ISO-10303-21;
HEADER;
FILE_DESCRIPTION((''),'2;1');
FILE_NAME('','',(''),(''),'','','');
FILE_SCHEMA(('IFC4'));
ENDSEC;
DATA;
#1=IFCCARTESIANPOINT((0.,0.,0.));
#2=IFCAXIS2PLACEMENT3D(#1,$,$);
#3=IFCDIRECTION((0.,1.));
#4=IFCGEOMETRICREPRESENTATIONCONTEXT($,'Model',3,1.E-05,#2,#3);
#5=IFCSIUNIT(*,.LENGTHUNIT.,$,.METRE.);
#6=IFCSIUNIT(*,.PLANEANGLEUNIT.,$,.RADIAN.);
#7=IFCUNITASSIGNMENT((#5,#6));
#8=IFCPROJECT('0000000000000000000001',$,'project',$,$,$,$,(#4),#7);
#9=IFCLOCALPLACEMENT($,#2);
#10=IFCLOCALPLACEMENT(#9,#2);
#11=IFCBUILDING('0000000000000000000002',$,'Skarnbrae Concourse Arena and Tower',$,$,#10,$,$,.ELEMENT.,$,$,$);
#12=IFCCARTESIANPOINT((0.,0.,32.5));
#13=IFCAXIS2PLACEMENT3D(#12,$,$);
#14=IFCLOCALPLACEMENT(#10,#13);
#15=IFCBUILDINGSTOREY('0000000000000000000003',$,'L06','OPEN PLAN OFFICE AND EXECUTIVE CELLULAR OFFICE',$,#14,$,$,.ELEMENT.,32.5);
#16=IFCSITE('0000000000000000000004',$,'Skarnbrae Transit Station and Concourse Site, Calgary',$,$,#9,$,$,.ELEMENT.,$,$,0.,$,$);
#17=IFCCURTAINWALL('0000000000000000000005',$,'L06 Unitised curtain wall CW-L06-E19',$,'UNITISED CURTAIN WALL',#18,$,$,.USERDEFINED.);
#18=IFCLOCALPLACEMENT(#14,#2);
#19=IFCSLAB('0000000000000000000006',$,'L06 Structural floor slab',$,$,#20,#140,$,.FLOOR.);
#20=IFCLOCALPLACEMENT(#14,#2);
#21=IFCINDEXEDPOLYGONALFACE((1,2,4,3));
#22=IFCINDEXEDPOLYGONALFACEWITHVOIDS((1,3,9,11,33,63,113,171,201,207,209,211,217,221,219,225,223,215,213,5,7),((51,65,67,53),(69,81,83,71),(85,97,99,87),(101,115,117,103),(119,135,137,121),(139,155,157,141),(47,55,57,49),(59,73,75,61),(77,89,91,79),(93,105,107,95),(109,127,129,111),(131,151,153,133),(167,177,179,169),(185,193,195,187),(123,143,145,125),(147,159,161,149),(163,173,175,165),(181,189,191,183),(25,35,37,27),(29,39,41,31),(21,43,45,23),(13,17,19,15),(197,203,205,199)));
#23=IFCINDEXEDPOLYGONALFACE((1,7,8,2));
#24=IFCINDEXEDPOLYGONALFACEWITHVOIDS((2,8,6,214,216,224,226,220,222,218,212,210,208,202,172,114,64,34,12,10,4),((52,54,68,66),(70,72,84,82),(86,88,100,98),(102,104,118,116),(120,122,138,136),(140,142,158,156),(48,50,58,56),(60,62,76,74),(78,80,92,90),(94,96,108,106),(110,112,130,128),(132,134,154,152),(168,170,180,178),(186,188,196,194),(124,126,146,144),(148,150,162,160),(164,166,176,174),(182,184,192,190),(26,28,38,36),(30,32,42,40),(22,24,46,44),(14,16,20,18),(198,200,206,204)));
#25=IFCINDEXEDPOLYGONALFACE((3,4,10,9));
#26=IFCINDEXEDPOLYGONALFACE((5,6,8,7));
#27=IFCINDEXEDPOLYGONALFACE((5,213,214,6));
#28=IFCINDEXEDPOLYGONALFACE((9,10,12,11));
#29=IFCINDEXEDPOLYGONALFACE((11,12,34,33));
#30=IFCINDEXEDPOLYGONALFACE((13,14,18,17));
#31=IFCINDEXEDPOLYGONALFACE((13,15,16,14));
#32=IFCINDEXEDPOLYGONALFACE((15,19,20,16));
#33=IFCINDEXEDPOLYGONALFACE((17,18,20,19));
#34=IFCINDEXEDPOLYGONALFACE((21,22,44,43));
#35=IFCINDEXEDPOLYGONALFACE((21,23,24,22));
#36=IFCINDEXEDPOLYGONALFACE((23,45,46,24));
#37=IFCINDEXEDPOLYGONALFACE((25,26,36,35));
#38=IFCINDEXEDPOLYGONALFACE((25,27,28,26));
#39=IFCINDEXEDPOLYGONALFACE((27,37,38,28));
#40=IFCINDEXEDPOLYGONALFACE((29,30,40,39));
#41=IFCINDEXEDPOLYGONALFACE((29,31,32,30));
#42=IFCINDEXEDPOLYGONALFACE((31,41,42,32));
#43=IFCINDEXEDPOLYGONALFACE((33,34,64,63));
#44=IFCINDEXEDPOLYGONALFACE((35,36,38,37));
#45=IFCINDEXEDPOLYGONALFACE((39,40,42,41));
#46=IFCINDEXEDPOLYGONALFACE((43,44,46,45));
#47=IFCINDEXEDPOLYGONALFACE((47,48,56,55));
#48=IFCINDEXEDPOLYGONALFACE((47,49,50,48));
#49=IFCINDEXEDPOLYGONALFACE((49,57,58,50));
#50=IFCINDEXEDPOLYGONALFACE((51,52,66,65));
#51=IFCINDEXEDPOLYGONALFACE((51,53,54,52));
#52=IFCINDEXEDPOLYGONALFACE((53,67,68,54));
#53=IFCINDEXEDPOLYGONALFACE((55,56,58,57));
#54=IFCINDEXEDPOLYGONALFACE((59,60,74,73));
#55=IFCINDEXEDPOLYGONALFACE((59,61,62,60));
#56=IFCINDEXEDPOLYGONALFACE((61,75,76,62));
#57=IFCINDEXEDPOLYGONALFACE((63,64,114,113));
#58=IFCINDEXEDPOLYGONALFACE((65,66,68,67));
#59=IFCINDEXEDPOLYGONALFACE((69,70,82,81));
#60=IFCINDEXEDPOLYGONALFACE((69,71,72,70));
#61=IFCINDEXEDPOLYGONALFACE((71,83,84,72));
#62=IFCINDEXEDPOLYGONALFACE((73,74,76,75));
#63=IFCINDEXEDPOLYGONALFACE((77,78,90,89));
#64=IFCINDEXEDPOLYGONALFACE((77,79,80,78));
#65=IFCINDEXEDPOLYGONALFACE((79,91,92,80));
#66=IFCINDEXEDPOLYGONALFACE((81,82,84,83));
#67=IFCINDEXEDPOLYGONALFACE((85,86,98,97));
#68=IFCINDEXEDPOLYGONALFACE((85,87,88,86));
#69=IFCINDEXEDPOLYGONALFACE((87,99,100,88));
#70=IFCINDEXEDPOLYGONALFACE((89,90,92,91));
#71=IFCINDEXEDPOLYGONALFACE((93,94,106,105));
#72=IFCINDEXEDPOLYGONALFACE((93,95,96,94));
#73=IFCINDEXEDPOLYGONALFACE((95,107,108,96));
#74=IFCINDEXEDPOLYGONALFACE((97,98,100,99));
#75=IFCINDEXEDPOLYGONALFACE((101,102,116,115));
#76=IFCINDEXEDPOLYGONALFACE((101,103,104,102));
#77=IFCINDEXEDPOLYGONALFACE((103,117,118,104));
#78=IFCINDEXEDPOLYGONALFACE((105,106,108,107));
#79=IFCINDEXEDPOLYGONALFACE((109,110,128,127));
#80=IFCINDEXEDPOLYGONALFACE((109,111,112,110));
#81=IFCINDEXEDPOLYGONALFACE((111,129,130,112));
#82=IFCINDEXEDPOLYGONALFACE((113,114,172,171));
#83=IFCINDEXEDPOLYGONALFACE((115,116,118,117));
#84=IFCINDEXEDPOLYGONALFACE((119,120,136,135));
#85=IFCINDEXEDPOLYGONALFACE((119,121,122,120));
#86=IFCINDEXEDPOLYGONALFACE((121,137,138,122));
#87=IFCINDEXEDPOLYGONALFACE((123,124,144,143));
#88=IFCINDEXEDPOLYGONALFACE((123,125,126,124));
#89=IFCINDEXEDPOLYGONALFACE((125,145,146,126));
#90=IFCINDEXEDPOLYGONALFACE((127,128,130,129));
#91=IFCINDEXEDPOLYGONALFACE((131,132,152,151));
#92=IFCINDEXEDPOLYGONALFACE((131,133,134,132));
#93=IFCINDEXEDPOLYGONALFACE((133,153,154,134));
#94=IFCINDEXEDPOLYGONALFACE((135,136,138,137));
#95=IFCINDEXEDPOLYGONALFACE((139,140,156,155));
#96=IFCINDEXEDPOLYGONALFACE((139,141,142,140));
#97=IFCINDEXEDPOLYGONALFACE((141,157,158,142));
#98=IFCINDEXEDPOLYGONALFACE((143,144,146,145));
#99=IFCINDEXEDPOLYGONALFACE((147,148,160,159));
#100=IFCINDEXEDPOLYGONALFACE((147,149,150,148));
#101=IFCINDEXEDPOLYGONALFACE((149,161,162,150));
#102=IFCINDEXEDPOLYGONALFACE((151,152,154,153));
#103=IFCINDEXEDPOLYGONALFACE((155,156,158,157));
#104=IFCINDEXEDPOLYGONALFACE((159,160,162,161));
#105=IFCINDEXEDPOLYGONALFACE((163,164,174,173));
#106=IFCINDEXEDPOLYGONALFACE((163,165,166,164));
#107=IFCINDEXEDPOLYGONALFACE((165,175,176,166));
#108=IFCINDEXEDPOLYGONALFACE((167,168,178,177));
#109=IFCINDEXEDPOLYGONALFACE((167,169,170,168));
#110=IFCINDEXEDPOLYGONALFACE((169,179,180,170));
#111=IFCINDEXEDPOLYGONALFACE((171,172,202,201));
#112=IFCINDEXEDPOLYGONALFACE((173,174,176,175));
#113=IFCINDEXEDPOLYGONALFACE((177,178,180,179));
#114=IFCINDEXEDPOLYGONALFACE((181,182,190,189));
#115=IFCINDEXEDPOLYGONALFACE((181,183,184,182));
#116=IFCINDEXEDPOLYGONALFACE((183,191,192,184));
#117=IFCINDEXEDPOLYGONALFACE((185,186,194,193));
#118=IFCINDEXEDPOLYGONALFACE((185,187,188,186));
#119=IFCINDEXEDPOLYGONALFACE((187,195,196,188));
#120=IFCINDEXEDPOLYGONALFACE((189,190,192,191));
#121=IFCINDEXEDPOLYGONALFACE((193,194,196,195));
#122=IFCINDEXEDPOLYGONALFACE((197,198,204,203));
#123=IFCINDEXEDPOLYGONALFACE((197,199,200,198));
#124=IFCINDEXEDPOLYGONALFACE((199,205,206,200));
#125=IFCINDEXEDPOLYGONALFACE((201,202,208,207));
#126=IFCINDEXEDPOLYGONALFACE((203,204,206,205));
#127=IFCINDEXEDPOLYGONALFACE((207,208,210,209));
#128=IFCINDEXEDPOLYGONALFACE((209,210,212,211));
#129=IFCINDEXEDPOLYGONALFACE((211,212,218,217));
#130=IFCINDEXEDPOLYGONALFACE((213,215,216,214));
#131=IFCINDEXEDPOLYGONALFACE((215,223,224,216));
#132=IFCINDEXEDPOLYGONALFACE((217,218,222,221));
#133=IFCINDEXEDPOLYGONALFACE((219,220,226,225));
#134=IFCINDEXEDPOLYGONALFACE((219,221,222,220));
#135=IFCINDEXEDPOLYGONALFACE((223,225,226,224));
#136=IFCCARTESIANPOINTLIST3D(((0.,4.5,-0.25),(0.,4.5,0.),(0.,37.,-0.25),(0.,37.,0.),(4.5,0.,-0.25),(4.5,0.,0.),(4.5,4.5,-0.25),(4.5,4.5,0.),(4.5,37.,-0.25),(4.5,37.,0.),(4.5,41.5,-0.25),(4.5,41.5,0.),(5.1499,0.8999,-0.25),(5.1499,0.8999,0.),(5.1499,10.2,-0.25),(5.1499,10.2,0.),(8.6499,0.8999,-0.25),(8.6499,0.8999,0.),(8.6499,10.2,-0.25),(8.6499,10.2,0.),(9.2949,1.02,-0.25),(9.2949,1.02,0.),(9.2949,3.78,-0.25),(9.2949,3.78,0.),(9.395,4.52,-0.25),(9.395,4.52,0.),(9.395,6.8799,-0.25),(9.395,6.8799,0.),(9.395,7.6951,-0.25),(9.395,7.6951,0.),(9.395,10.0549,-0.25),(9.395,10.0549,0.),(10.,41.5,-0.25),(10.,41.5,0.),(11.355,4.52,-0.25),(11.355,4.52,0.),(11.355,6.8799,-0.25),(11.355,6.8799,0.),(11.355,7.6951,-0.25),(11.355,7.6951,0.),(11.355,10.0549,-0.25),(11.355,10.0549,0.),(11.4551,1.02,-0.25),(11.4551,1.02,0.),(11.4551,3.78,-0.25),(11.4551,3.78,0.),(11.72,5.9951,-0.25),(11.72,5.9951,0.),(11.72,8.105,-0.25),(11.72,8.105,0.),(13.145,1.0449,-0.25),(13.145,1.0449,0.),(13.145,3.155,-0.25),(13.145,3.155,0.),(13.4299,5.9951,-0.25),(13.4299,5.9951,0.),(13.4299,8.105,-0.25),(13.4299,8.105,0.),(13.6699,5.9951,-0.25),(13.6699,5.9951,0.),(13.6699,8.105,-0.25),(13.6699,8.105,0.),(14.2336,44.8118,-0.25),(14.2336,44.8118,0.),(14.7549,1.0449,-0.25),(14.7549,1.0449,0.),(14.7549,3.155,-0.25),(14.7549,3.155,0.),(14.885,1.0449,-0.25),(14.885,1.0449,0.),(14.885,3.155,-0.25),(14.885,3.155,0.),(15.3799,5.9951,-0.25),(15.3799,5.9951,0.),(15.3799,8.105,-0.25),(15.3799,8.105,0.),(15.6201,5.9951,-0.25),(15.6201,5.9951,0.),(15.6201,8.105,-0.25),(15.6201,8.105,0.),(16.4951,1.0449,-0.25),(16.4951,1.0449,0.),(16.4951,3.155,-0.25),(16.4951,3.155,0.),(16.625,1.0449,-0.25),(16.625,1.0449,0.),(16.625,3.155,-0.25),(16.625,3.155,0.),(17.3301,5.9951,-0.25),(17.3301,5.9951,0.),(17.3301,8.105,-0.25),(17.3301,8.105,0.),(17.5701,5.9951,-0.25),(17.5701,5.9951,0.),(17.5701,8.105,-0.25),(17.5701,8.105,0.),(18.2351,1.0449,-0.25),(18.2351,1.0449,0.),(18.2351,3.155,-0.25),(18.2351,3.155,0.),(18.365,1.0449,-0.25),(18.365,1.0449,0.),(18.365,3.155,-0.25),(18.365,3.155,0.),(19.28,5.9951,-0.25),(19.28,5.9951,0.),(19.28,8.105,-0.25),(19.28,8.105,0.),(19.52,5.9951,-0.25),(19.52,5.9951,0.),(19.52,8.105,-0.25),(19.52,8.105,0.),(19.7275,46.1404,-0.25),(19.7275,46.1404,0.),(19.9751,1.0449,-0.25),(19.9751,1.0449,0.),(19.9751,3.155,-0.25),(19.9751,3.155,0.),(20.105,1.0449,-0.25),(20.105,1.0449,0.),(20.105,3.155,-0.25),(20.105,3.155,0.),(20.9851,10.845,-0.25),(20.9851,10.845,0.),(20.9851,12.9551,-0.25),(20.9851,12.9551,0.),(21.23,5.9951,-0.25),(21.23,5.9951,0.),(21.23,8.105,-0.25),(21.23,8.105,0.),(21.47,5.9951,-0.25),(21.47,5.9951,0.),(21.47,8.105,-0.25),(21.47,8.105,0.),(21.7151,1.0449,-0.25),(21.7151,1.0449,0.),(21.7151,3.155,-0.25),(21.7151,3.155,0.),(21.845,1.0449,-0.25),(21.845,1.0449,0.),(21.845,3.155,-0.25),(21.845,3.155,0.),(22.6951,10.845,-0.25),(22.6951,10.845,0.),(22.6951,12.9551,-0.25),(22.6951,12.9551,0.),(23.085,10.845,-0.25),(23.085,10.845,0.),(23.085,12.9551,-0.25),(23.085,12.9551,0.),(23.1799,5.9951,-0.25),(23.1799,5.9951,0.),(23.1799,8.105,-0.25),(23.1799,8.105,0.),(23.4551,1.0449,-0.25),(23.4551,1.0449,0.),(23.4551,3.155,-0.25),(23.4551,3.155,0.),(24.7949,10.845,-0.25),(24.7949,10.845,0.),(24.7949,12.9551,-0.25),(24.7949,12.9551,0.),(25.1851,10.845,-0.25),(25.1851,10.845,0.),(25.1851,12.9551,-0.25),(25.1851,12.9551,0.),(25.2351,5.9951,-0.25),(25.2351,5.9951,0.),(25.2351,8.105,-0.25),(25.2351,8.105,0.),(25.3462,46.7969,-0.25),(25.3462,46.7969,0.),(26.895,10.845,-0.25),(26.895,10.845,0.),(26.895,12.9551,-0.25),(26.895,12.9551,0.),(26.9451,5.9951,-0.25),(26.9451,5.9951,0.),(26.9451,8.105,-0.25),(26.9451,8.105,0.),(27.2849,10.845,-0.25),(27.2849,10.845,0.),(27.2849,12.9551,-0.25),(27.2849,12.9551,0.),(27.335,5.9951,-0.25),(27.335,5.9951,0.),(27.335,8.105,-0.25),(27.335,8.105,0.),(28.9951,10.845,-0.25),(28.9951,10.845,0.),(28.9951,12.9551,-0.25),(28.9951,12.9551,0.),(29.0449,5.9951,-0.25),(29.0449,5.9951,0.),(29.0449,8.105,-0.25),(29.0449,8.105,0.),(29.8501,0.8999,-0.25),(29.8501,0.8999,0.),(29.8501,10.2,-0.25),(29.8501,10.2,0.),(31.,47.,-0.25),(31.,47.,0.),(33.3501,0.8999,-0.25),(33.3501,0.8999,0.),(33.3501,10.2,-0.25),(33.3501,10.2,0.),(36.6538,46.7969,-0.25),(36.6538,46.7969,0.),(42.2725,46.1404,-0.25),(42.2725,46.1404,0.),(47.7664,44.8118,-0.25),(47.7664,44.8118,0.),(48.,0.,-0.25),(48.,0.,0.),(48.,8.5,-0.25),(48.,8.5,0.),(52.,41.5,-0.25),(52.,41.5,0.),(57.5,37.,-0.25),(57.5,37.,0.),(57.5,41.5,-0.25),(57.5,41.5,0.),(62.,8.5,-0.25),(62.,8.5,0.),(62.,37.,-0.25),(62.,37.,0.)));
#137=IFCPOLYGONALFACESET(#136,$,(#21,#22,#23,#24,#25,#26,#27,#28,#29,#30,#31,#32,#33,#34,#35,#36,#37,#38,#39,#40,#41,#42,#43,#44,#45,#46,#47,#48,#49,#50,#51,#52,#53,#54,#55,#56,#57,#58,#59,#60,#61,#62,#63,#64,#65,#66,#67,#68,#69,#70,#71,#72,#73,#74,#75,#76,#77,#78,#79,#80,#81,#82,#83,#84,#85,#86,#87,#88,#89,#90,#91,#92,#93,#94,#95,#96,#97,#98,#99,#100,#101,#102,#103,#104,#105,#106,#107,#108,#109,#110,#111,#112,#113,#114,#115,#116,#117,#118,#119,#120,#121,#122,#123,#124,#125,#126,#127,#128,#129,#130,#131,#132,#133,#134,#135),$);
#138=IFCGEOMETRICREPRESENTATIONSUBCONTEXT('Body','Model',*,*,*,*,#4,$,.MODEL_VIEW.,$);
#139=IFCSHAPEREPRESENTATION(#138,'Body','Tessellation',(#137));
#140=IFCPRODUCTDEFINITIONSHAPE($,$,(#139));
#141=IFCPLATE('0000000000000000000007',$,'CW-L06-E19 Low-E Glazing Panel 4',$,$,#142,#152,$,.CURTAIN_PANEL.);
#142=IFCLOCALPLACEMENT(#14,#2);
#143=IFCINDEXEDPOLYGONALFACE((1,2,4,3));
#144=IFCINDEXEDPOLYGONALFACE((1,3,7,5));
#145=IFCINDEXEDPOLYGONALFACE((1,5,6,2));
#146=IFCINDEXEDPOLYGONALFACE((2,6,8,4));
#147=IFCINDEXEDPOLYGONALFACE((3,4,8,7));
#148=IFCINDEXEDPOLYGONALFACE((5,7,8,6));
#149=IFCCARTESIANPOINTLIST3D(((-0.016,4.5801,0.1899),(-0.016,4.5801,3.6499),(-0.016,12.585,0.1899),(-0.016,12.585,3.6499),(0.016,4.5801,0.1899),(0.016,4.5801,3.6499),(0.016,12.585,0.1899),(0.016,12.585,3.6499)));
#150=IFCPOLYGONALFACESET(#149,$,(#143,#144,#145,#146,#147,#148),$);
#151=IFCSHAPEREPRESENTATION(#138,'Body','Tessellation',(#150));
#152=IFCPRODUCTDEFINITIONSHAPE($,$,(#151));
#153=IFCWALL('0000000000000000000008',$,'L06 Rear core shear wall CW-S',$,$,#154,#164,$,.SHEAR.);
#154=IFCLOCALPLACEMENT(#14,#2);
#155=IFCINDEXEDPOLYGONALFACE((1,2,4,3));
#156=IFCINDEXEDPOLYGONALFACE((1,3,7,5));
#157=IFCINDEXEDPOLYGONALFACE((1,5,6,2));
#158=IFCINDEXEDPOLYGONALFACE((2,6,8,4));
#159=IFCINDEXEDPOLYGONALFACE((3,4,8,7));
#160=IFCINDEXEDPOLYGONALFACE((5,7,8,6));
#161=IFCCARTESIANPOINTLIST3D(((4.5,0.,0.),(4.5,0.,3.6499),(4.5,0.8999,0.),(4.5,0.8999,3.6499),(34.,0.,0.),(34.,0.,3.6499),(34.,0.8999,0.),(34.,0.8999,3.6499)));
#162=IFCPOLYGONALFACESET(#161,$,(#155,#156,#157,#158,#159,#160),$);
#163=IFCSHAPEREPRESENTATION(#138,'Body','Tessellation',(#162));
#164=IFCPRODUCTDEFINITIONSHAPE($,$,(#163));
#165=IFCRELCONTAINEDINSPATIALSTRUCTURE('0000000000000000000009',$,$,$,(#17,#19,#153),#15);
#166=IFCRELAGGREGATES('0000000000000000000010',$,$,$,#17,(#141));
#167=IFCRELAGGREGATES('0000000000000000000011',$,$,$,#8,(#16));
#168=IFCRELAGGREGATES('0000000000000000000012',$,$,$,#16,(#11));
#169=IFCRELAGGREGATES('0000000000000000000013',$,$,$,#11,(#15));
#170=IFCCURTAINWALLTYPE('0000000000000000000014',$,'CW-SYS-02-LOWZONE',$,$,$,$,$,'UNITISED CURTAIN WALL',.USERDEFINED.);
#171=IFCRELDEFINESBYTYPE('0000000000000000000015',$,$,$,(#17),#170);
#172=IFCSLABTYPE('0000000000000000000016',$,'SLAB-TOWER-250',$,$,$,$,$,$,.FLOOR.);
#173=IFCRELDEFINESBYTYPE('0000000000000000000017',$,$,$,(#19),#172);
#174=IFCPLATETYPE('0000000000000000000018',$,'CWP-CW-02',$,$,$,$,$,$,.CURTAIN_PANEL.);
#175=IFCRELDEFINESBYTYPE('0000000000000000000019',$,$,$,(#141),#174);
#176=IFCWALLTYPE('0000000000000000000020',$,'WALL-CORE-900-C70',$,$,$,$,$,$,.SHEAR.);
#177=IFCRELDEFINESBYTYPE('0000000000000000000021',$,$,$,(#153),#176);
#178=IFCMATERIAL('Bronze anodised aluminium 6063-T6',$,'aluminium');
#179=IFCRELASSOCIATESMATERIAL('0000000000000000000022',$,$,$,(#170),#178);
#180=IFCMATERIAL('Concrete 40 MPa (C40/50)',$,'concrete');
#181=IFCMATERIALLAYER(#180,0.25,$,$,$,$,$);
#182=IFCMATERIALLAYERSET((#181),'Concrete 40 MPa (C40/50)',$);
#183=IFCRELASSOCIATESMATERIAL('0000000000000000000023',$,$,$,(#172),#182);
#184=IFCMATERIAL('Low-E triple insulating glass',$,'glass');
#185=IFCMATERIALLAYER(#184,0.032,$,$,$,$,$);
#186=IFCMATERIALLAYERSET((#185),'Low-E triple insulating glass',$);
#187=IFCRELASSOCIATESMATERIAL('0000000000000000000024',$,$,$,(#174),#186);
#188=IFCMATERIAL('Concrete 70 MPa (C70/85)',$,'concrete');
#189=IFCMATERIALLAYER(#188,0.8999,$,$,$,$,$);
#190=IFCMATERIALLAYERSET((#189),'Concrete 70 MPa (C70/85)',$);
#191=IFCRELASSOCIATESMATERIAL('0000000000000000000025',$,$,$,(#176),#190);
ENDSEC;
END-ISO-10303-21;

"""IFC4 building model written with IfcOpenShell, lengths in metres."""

from ifc_helpers import new_model, si_unit, direction, frame, frame_2d, origin, origin_2d, place, context, subcontext, project, spatial, polyline, rectangle, outline, extrude, source, transform, mapped, material, layer, layer_set, type_object, element, aggregate, save


model = new_model("IFC4")

# Units and contexts
model_context = context("Model", 3, precision=1e-05, world=origin(), true_north=direction((0.0, 1.0)))
body_context = subcontext(model_context, "Body", "Model", "MODEL_VIEW")
ifc_project = project(units=[si_unit("LENGTHUNIT", "METRE"), si_unit("PLANEANGLEUNIT", "RADIAN")], contexts=[model_context])

# Site, building, storey
site_placement = place(None, origin())
site = spatial("IfcSite", under=ifc_project, at=site_placement, Name="Skarnbrae Transit Station and Concourse Site, Calgary", CompositionType="ELEMENT", RefElevation=0.0)
building_placement = place(site_placement, origin())
building = spatial("IfcBuilding", under=site, at=building_placement, Name="Skarnbrae Concourse Arena and Tower", CompositionType="ELEMENT")
storey_placement = place(building_placement, frame((0.0, 0.0, 32.5)))
storey = spatial("IfcBuildingStorey", under=building, at=storey_placement, Name="L06", Description="OPEN PLAN OFFICE AND EXECUTIVE CELLULAR OFFICE", CompositionType="ELEMENT", Elevation=32.5)

# Curtain wall
ifc_material_1 = material(Name="Bronze anodised aluminium 6063-T6", Category="aluminium")
curtain_wall_type = type_object("IfcCurtainWallType", Name="CW-SYS-02-LOWZONE", ElementType="UNITISED CURTAIN WALL", PredefinedType="USERDEFINED", material=ifc_material_1)
curtain_wall_placement = place(storey_placement, origin())
curtain_wall = element("IfcCurtainWall", 1, at=curtain_wall_placement, inside=storey, type_object=curtain_wall_type, Name="L06 Unitised curtain wall CW-L06-E19", ObjectType="UNITISED CURTAIN WALL", PredefinedType="USERDEFINED")

# Shared definitions
ifc_material_2 = material(Name="Concrete 40 MPa (C40/50)", Category="concrete")

# Slab
ifc_layer_1 = layer(ifc_material_2, 0.25)
ifc_layer_set_1 = layer_set([ifc_layer_1], Name="Concrete 40 MPa (C40/50)")
slab_type_1 = type_object("IfcSlabType", Name="SLAB-TOWER-250", PredefinedType="FLOOR", material=ifc_layer_set_1)
slab_1_placement = place(storey_placement, frame((0.0, 0.0, -0.25)))
element("IfcSlab", 2, at=slab_1_placement, inside=storey, type_object=slab_type_1, Name="L06 Structural floor slab", PredefinedType="FLOOR", context=body_context, shape_type="SweptSolid", body=[
    extrude(outline(polyline([(4.5, 0.0), (48.0, 0.0), (48.0, 8.5), (62.0, 8.5), (62.0, 37.0), (57.5, 37.0), (57.5, 41.5), (52.0, 41.5), (47.7664, 44.8118), (42.2725, 46.1404), (36.6538, 46.7969), (31.0, 47.0), (25.3462, 46.7969), (19.7275, 46.1404), (14.2336, 44.8118), (10.0, 41.5), (4.5, 41.5), (4.5, 37.0), (0.0, 37.0), (0.0, 4.5), (4.5, 4.5), (4.5, 0.0)]), holes=[polyline([(13.145, 3.155), (14.7549, 3.155), (14.7549, 1.0449), (13.145, 1.0449), (13.145, 3.155)]), polyline([(16.4951, 3.155), (16.4951, 1.0449), (14.885, 1.0449), (14.885, 3.155), (16.4951, 3.155)]), polyline([(18.2351, 3.155), (18.2351, 1.0449), (16.625, 1.0449), (16.625, 3.155), (18.2351, 3.155)]), polyline([(18.365, 3.155), (19.9751, 3.155), (19.9751, 1.0449), (18.365, 1.0449), (18.365, 3.155)]), polyline([(11.4551, 3.78), (11.4551, 1.02), (9.2949, 1.02), (9.2949, 3.78), (11.4551, 3.78)]), polyline([(8.6499, 0.8999), (5.1499, 0.8999), (5.1499, 10.2), (8.6499, 10.2), (8.6499, 0.8999)]), polyline([(9.395, 6.8799), (11.355, 6.8799), (11.355, 4.52), (9.395, 4.52), (9.395, 6.8799)]), polyline([(13.4299, 8.105), (13.4299, 5.9951), (11.72, 5.9951), (11.72, 8.105), (13.4299, 8.105)]), polyline([(15.3799, 8.105), (15.3799, 5.9951), (13.6699, 5.9951), (13.6699, 8.105), (15.3799, 8.105)]), polyline([(15.6201, 8.105), (17.3301, 8.105), (17.3301, 5.9951), (15.6201, 5.9951), (15.6201, 8.105)]), polyline([(19.28, 8.105), (19.28, 5.9951), (17.5701, 5.9951), (17.5701, 8.105), (19.28, 8.105)]), polyline([(11.355, 10.0549), (11.355, 7.6951), (9.395, 7.6951), (9.395, 10.0549), (11.355, 10.0549)]), polyline([(21.7151, 3.155), (21.7151, 1.0449), (20.105, 1.0449), (20.105, 3.155), (21.7151, 3.155)]), polyline([(23.4551, 3.155), (23.4551, 1.0449), (21.845, 1.0449), (21.845, 3.155), (23.4551, 3.155)]), polyline([(33.3501, 10.2), (33.3501, 0.8999), (29.8501, 0.8999), (29.8501, 10.2), (33.3501, 10.2)]), polyline([(21.23, 8.105), (21.23, 5.9951), (19.52, 5.9951), (19.52, 8.105), (21.23, 8.105)]), polyline([(23.1799, 8.105), (23.1799, 5.9951), (21.47, 5.9951), (21.47, 8.105), (23.1799, 8.105)]), polyline([(25.2351, 8.105), (26.9451, 8.105), (26.9451, 5.9951), (25.2351, 5.9951), (25.2351, 8.105)]), polyline([(29.0449, 8.105), (29.0449, 5.9951), (27.335, 5.9951), (27.335, 8.105), (29.0449, 8.105)]), polyline([(22.6951, 12.9551), (22.6951, 10.845), (20.9851, 10.845), (20.9851, 12.9551), (22.6951, 12.9551)]), polyline([(23.085, 12.9551), (24.7949, 12.9551), (24.7949, 10.845), (23.085, 10.845), (23.085, 12.9551)]), polyline([(26.895, 12.9551), (26.895, 10.845), (25.1851, 10.845), (25.1851, 12.9551), (26.895, 12.9551)]), polyline([(28.9951, 12.9551), (28.9951, 10.845), (27.2849, 10.845), (27.2849, 12.9551), (28.9951, 12.9551)])]), origin(), (0.0, 0.0, 1.0), 0.25),
])

# Plate
ifc_material_3 = material(Name="Low-E triple insulating glass", Category="glass")
ifc_layer_2 = layer(ifc_material_3, 0.032)
ifc_layer_set_2 = layer_set([ifc_layer_2], Name="Low-E triple insulating glass")
plate_type = type_object("IfcPlateType", Name="CWP-CW-02", PredefinedType="CURTAIN_PANEL", material=ifc_layer_set_2)
shared_shape_1 = source(origin(), body_context, "Body", "SweptSolid", [
    extrude(rectangle(XDim=8.0049, YDim=0.032, at=origin_2d()), origin(), (0.0, 0.0, 1.0), 3.46),
])
plate_placement = place(storey_placement, frame((0.0, 8.5825, 0.1899), z_axis=(0.0, 0.0, 1.0), x_axis=(0.0, -1.0, 0.0)))
plate = element("IfcPlate", 3, at=plate_placement, type_object=plate_type, Name="CW-L06-E19 Low-E Glazing Panel 4", PredefinedType="CURTAIN_PANEL", context=body_context, shape_type="MappedRepresentation", body=[
    mapped(shared_shape_1, transform((0.0, 0.0, 0.0))),
])
aggregate(curtain_wall, [plate])

# Wall
ifc_material_4 = material(Name="Concrete 70 MPa (C70/85)", Category="concrete")
ifc_layer_3 = layer(ifc_material_4, 0.8999)
ifc_layer_set_3 = layer_set([ifc_layer_3], Name="Concrete 70 MPa (C70/85)")
wall_type_1 = type_object("IfcWallType", Name="WALL-CORE-900-C70", PredefinedType="SHEAR", material=ifc_layer_set_3)
shared_shape_2 = source(origin(), body_context, "Body", "SweptSolid", [
    extrude(rectangle(XDim=29.5, YDim=0.8999, at=frame_2d((14.75, 0.0))), origin(), (0.0, 0.0, 1.0), 3.6499),
])
wall_1_placement = place(storey_placement, frame((4.5, 0.45, 0.0), z_axis=(0.0, 0.0, 1.0), x_axis=(1.0, 0.0, 0.0)))
element("IfcWall", 4, at=wall_1_placement, inside=storey, type_object=wall_type_1, Name="L06 Rear core shear wall CW-S", PredefinedType="SHEAR", context=body_context, shape_type="MappedRepresentation", body=[
    mapped(shared_shape_2, transform((0.0, 0.0, 0.0))),
])

save(model, "model.ifc")
